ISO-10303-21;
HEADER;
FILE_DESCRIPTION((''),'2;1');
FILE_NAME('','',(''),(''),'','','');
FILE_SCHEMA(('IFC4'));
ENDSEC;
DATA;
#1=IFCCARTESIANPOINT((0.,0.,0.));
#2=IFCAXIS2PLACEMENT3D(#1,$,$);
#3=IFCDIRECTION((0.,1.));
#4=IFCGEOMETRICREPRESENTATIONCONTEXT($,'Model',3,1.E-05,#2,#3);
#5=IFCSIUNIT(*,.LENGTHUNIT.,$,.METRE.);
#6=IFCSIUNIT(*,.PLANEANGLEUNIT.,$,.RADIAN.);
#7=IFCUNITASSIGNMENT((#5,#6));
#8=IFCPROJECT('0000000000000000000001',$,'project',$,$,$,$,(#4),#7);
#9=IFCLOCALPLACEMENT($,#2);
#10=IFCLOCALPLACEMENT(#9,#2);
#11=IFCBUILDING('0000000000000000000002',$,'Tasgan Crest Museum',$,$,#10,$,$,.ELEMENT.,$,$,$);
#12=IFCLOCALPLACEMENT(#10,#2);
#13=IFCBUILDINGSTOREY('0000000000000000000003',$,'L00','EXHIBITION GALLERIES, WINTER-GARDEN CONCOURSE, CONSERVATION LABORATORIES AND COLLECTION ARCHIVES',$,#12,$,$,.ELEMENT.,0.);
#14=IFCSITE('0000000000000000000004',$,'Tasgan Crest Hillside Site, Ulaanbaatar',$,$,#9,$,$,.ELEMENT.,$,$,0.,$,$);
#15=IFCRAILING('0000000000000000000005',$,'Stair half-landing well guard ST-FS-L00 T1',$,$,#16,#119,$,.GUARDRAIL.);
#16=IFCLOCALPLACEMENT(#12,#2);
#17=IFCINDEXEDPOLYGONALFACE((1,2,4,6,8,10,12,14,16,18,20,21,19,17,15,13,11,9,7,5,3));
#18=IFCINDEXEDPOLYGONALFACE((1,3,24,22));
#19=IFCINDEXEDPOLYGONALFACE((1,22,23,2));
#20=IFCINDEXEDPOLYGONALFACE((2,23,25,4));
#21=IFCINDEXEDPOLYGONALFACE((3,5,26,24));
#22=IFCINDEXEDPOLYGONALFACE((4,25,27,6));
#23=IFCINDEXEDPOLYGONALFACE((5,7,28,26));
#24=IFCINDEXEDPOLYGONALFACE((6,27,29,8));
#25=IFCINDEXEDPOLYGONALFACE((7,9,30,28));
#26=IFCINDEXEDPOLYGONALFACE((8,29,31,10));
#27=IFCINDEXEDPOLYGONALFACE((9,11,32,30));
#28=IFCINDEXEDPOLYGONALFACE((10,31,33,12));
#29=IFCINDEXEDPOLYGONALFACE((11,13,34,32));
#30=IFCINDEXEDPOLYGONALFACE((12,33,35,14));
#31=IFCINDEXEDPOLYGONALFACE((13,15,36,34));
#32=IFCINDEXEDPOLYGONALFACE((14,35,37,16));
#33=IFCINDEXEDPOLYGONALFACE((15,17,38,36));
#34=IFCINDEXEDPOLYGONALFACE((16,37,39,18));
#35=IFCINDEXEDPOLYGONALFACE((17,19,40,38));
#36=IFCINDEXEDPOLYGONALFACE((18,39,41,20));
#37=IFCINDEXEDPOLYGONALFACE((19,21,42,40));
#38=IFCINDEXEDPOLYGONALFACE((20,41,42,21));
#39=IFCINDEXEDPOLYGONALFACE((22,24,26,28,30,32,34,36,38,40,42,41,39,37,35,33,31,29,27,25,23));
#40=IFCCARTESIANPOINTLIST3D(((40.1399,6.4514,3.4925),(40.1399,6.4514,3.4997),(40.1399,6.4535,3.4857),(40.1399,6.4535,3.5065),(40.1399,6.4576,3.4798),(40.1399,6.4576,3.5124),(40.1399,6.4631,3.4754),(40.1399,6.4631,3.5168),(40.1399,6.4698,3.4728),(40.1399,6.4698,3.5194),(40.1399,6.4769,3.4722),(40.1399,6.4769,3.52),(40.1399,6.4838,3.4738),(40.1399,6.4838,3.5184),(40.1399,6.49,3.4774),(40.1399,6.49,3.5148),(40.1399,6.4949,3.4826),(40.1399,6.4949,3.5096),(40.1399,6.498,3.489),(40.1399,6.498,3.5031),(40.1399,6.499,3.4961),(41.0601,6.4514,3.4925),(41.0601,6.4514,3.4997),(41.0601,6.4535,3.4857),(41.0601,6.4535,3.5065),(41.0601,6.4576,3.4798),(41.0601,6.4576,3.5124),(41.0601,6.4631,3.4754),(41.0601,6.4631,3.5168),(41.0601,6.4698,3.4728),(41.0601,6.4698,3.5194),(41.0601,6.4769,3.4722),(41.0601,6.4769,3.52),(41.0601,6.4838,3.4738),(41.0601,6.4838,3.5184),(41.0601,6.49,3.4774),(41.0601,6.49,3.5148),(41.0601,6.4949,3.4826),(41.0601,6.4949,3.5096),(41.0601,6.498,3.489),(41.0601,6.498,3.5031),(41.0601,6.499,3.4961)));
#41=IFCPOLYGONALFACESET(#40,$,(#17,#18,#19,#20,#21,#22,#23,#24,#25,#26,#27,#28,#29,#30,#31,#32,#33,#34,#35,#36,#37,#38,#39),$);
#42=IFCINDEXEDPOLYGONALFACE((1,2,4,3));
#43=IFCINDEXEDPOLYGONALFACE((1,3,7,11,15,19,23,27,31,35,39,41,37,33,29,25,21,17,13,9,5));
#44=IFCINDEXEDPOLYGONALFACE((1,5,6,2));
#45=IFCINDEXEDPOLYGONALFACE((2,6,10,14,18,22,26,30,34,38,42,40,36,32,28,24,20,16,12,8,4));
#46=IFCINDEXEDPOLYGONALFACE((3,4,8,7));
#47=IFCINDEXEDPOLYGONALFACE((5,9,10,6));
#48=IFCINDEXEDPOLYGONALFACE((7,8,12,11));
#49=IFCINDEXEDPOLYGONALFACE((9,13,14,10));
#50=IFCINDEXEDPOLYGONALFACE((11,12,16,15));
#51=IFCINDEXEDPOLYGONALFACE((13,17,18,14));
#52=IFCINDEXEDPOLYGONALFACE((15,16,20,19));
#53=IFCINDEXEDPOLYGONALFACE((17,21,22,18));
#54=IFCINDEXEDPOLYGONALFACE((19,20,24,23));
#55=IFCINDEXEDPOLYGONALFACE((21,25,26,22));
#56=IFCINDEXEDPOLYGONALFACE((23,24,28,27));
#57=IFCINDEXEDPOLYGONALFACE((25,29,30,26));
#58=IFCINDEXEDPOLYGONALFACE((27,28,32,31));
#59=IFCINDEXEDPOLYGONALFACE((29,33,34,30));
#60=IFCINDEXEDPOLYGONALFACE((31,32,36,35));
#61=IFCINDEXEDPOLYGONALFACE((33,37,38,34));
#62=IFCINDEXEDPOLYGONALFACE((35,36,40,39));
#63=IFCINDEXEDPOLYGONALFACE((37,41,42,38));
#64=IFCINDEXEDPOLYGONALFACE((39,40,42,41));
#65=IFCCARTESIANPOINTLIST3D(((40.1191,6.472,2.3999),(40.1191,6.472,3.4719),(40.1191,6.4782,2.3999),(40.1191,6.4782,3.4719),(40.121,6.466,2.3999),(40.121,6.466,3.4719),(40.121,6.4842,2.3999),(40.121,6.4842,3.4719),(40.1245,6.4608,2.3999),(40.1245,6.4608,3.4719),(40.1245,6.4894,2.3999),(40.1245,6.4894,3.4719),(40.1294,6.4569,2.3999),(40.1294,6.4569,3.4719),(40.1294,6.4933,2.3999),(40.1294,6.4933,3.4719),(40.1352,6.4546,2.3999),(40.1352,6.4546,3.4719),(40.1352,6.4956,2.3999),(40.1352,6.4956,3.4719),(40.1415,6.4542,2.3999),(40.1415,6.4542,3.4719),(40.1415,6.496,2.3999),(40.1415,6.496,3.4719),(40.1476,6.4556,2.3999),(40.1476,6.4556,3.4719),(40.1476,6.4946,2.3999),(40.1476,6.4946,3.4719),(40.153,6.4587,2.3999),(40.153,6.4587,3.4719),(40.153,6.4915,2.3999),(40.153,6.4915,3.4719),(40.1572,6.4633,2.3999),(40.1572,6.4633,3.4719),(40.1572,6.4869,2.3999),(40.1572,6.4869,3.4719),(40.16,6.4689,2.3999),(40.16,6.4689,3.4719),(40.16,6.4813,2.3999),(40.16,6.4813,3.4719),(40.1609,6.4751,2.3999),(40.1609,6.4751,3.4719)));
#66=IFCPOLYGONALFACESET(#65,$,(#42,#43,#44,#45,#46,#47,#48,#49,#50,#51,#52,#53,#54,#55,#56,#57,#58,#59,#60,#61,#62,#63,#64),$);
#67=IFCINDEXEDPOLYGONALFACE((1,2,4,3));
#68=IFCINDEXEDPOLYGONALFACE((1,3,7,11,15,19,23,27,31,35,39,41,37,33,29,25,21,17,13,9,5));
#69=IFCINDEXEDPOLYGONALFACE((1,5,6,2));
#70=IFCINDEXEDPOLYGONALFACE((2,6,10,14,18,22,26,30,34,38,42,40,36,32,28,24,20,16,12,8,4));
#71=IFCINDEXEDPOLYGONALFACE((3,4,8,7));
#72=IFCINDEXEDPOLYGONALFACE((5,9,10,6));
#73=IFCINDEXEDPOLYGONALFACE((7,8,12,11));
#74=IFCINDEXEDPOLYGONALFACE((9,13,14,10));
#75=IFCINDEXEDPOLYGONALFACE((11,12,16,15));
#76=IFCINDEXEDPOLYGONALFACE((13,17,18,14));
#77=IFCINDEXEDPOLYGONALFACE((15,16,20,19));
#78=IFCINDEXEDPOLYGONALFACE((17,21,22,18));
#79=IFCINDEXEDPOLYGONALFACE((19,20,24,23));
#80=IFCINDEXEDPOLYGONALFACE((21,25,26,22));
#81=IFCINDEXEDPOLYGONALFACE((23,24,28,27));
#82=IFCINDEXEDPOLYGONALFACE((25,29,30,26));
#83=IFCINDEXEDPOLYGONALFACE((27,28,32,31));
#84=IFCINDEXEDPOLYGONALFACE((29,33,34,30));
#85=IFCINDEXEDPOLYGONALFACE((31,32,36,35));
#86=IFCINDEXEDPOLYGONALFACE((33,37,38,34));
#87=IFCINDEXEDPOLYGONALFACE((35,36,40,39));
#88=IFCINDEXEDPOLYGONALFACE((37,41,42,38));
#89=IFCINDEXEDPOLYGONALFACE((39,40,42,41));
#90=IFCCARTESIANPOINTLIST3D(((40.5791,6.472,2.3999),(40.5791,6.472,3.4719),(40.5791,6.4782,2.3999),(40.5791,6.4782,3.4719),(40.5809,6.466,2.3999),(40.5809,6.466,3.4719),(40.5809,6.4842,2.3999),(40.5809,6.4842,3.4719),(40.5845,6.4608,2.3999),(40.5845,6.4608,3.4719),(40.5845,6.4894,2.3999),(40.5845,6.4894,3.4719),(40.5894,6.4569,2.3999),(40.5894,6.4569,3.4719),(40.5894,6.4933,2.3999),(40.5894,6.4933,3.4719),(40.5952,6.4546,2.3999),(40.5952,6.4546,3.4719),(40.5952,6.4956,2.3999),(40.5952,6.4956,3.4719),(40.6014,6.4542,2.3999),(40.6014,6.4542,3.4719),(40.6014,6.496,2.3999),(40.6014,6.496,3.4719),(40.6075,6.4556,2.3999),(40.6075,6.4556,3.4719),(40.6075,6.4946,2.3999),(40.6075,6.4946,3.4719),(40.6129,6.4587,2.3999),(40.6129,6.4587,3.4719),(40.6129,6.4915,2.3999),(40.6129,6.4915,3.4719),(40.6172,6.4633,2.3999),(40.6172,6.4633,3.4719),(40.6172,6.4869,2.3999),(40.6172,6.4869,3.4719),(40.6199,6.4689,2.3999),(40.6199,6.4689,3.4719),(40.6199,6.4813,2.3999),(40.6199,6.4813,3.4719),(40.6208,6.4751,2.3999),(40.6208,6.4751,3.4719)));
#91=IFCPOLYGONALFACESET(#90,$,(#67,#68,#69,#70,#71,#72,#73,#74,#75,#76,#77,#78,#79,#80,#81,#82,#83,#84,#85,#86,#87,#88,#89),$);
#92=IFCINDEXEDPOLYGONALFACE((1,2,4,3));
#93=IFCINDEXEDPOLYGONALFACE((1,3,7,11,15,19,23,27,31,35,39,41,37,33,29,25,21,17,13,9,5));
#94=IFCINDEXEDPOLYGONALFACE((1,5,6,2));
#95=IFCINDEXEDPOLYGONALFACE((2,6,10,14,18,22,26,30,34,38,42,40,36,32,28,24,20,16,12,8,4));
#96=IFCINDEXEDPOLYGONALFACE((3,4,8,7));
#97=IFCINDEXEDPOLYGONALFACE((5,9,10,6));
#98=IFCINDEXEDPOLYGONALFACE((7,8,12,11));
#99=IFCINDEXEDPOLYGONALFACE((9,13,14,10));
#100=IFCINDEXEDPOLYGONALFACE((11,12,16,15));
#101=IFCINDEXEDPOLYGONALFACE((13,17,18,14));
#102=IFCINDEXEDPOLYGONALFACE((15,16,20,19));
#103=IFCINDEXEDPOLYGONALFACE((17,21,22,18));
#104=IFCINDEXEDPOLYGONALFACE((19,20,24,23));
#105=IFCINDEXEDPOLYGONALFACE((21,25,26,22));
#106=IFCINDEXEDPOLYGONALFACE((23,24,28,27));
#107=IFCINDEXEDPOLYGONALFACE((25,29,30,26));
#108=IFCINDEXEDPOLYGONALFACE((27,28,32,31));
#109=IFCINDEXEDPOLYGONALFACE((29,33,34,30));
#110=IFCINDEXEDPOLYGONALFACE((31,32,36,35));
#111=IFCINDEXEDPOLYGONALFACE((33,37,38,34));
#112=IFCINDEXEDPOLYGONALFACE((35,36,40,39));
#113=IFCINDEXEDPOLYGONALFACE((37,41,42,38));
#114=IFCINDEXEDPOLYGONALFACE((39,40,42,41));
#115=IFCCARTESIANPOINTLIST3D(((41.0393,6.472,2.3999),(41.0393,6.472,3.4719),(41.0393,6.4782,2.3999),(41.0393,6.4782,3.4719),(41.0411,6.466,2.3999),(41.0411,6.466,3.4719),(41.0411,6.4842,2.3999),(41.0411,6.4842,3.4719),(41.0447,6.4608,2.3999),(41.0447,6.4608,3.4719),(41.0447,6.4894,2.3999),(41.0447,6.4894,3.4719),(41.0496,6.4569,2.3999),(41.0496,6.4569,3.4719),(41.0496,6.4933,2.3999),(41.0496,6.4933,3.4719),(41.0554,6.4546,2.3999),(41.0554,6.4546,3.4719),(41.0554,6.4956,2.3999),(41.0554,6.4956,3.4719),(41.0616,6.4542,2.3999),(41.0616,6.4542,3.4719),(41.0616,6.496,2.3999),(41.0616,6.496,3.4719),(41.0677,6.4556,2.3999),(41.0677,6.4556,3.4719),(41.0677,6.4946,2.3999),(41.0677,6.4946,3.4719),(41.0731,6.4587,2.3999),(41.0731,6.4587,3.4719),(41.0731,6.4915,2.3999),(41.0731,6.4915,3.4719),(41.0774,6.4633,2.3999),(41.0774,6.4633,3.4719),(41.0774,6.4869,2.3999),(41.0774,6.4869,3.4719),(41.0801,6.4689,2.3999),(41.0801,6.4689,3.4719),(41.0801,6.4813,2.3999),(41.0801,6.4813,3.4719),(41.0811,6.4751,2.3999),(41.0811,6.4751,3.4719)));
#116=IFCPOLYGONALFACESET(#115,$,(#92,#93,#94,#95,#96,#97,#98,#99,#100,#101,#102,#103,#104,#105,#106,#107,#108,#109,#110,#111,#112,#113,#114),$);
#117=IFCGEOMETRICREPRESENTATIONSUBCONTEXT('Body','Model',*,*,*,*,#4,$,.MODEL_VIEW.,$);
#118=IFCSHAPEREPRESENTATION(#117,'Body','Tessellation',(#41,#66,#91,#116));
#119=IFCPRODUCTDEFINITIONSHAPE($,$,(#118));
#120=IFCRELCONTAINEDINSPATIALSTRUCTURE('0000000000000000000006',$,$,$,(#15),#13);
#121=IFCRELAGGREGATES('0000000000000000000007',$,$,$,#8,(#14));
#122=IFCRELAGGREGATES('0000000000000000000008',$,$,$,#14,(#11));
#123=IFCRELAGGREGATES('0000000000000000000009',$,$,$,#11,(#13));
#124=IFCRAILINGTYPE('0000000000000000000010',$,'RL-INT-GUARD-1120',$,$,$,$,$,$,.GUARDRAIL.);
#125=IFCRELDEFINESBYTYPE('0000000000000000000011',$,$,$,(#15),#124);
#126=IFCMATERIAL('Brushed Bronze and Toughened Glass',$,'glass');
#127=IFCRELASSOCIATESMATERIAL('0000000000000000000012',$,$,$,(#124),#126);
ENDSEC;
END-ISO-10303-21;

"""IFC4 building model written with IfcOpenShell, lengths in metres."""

from ifc_helpers import new_model, si_unit, direction, frame, origin, origin_2d, place, context, subcontext, project, spatial, circle, extrude, material, type_object, element, save


model = new_model("IFC4")

# Units and contexts
model_context = context("Model", 3, precision=1e-05, world=origin(), true_north=direction((0.0, 1.0)))
body_context = subcontext(model_context, "Body", "Model", "MODEL_VIEW")
ifc_project = project(units=[si_unit("LENGTHUNIT", "METRE"), si_unit("PLANEANGLEUNIT", "RADIAN")], contexts=[model_context])

# Site, building, storey
site_placement = place(None, origin())
site = spatial("IfcSite", under=ifc_project, at=site_placement, Name="Tasgan Crest Hillside Site, Ulaanbaatar", CompositionType="ELEMENT", RefElevation=0.0)
building_placement = place(site_placement, origin())
building = spatial("IfcBuilding", under=site, at=building_placement, Name="Tasgan Crest Museum", CompositionType="ELEMENT")
storey_placement = place(building_placement, origin())
storey = spatial("IfcBuildingStorey", under=building, at=storey_placement, Name="L00", Description="EXHIBITION GALLERIES, WINTER-GARDEN CONCOURSE, CONSERVATION LABORATORIES AND COLLECTION ARCHIVES", CompositionType="ELEMENT", Elevation=0.0)

# Railing
ifc_material_1 = material(Name="Brushed Bronze and Toughened Glass", Category="glass")
railing_type_1 = type_object("IfcRailingType", Name="RL-INT-GUARD-1120", PredefinedType="GUARDRAIL", material=ifc_material_1)
railing_1_placement = place(storey_placement, frame((40.1399, 6.4751, 2.3999)))
element("IfcRailing", 1, at=railing_1_placement, inside=storey, type_object=railing_type_1, Name="Stair half-landing well guard ST-FS-L00 T1", PredefinedType="GUARDRAIL", context=body_context, shape_type="SweptSolid", body=[
    extrude(circle(Radius=0.0239, at=origin_2d()), frame((0.0, 0.0, 1.0962), z_axis=(1.0, 0.0, 0.0), x_axis=(0.0, 1.0, 0.0)), (0.0, 0.0, 1.0), 0.9202),
    extrude(circle(Radius=0.021, at=origin_2d()), origin(), (0.0, 0.0, 1.0), 1.072),
    extrude(circle(Radius=0.021, at=origin_2d()), frame((0.46, 0.0, 0.0)), (0.0, 0.0, 1.0), 1.072),
    extrude(circle(Radius=0.021, at=origin_2d()), frame((0.9202, 0.0, 0.0)), (0.0, 0.0, 1.0), 1.072),
])

save(model, "model.ifc")
